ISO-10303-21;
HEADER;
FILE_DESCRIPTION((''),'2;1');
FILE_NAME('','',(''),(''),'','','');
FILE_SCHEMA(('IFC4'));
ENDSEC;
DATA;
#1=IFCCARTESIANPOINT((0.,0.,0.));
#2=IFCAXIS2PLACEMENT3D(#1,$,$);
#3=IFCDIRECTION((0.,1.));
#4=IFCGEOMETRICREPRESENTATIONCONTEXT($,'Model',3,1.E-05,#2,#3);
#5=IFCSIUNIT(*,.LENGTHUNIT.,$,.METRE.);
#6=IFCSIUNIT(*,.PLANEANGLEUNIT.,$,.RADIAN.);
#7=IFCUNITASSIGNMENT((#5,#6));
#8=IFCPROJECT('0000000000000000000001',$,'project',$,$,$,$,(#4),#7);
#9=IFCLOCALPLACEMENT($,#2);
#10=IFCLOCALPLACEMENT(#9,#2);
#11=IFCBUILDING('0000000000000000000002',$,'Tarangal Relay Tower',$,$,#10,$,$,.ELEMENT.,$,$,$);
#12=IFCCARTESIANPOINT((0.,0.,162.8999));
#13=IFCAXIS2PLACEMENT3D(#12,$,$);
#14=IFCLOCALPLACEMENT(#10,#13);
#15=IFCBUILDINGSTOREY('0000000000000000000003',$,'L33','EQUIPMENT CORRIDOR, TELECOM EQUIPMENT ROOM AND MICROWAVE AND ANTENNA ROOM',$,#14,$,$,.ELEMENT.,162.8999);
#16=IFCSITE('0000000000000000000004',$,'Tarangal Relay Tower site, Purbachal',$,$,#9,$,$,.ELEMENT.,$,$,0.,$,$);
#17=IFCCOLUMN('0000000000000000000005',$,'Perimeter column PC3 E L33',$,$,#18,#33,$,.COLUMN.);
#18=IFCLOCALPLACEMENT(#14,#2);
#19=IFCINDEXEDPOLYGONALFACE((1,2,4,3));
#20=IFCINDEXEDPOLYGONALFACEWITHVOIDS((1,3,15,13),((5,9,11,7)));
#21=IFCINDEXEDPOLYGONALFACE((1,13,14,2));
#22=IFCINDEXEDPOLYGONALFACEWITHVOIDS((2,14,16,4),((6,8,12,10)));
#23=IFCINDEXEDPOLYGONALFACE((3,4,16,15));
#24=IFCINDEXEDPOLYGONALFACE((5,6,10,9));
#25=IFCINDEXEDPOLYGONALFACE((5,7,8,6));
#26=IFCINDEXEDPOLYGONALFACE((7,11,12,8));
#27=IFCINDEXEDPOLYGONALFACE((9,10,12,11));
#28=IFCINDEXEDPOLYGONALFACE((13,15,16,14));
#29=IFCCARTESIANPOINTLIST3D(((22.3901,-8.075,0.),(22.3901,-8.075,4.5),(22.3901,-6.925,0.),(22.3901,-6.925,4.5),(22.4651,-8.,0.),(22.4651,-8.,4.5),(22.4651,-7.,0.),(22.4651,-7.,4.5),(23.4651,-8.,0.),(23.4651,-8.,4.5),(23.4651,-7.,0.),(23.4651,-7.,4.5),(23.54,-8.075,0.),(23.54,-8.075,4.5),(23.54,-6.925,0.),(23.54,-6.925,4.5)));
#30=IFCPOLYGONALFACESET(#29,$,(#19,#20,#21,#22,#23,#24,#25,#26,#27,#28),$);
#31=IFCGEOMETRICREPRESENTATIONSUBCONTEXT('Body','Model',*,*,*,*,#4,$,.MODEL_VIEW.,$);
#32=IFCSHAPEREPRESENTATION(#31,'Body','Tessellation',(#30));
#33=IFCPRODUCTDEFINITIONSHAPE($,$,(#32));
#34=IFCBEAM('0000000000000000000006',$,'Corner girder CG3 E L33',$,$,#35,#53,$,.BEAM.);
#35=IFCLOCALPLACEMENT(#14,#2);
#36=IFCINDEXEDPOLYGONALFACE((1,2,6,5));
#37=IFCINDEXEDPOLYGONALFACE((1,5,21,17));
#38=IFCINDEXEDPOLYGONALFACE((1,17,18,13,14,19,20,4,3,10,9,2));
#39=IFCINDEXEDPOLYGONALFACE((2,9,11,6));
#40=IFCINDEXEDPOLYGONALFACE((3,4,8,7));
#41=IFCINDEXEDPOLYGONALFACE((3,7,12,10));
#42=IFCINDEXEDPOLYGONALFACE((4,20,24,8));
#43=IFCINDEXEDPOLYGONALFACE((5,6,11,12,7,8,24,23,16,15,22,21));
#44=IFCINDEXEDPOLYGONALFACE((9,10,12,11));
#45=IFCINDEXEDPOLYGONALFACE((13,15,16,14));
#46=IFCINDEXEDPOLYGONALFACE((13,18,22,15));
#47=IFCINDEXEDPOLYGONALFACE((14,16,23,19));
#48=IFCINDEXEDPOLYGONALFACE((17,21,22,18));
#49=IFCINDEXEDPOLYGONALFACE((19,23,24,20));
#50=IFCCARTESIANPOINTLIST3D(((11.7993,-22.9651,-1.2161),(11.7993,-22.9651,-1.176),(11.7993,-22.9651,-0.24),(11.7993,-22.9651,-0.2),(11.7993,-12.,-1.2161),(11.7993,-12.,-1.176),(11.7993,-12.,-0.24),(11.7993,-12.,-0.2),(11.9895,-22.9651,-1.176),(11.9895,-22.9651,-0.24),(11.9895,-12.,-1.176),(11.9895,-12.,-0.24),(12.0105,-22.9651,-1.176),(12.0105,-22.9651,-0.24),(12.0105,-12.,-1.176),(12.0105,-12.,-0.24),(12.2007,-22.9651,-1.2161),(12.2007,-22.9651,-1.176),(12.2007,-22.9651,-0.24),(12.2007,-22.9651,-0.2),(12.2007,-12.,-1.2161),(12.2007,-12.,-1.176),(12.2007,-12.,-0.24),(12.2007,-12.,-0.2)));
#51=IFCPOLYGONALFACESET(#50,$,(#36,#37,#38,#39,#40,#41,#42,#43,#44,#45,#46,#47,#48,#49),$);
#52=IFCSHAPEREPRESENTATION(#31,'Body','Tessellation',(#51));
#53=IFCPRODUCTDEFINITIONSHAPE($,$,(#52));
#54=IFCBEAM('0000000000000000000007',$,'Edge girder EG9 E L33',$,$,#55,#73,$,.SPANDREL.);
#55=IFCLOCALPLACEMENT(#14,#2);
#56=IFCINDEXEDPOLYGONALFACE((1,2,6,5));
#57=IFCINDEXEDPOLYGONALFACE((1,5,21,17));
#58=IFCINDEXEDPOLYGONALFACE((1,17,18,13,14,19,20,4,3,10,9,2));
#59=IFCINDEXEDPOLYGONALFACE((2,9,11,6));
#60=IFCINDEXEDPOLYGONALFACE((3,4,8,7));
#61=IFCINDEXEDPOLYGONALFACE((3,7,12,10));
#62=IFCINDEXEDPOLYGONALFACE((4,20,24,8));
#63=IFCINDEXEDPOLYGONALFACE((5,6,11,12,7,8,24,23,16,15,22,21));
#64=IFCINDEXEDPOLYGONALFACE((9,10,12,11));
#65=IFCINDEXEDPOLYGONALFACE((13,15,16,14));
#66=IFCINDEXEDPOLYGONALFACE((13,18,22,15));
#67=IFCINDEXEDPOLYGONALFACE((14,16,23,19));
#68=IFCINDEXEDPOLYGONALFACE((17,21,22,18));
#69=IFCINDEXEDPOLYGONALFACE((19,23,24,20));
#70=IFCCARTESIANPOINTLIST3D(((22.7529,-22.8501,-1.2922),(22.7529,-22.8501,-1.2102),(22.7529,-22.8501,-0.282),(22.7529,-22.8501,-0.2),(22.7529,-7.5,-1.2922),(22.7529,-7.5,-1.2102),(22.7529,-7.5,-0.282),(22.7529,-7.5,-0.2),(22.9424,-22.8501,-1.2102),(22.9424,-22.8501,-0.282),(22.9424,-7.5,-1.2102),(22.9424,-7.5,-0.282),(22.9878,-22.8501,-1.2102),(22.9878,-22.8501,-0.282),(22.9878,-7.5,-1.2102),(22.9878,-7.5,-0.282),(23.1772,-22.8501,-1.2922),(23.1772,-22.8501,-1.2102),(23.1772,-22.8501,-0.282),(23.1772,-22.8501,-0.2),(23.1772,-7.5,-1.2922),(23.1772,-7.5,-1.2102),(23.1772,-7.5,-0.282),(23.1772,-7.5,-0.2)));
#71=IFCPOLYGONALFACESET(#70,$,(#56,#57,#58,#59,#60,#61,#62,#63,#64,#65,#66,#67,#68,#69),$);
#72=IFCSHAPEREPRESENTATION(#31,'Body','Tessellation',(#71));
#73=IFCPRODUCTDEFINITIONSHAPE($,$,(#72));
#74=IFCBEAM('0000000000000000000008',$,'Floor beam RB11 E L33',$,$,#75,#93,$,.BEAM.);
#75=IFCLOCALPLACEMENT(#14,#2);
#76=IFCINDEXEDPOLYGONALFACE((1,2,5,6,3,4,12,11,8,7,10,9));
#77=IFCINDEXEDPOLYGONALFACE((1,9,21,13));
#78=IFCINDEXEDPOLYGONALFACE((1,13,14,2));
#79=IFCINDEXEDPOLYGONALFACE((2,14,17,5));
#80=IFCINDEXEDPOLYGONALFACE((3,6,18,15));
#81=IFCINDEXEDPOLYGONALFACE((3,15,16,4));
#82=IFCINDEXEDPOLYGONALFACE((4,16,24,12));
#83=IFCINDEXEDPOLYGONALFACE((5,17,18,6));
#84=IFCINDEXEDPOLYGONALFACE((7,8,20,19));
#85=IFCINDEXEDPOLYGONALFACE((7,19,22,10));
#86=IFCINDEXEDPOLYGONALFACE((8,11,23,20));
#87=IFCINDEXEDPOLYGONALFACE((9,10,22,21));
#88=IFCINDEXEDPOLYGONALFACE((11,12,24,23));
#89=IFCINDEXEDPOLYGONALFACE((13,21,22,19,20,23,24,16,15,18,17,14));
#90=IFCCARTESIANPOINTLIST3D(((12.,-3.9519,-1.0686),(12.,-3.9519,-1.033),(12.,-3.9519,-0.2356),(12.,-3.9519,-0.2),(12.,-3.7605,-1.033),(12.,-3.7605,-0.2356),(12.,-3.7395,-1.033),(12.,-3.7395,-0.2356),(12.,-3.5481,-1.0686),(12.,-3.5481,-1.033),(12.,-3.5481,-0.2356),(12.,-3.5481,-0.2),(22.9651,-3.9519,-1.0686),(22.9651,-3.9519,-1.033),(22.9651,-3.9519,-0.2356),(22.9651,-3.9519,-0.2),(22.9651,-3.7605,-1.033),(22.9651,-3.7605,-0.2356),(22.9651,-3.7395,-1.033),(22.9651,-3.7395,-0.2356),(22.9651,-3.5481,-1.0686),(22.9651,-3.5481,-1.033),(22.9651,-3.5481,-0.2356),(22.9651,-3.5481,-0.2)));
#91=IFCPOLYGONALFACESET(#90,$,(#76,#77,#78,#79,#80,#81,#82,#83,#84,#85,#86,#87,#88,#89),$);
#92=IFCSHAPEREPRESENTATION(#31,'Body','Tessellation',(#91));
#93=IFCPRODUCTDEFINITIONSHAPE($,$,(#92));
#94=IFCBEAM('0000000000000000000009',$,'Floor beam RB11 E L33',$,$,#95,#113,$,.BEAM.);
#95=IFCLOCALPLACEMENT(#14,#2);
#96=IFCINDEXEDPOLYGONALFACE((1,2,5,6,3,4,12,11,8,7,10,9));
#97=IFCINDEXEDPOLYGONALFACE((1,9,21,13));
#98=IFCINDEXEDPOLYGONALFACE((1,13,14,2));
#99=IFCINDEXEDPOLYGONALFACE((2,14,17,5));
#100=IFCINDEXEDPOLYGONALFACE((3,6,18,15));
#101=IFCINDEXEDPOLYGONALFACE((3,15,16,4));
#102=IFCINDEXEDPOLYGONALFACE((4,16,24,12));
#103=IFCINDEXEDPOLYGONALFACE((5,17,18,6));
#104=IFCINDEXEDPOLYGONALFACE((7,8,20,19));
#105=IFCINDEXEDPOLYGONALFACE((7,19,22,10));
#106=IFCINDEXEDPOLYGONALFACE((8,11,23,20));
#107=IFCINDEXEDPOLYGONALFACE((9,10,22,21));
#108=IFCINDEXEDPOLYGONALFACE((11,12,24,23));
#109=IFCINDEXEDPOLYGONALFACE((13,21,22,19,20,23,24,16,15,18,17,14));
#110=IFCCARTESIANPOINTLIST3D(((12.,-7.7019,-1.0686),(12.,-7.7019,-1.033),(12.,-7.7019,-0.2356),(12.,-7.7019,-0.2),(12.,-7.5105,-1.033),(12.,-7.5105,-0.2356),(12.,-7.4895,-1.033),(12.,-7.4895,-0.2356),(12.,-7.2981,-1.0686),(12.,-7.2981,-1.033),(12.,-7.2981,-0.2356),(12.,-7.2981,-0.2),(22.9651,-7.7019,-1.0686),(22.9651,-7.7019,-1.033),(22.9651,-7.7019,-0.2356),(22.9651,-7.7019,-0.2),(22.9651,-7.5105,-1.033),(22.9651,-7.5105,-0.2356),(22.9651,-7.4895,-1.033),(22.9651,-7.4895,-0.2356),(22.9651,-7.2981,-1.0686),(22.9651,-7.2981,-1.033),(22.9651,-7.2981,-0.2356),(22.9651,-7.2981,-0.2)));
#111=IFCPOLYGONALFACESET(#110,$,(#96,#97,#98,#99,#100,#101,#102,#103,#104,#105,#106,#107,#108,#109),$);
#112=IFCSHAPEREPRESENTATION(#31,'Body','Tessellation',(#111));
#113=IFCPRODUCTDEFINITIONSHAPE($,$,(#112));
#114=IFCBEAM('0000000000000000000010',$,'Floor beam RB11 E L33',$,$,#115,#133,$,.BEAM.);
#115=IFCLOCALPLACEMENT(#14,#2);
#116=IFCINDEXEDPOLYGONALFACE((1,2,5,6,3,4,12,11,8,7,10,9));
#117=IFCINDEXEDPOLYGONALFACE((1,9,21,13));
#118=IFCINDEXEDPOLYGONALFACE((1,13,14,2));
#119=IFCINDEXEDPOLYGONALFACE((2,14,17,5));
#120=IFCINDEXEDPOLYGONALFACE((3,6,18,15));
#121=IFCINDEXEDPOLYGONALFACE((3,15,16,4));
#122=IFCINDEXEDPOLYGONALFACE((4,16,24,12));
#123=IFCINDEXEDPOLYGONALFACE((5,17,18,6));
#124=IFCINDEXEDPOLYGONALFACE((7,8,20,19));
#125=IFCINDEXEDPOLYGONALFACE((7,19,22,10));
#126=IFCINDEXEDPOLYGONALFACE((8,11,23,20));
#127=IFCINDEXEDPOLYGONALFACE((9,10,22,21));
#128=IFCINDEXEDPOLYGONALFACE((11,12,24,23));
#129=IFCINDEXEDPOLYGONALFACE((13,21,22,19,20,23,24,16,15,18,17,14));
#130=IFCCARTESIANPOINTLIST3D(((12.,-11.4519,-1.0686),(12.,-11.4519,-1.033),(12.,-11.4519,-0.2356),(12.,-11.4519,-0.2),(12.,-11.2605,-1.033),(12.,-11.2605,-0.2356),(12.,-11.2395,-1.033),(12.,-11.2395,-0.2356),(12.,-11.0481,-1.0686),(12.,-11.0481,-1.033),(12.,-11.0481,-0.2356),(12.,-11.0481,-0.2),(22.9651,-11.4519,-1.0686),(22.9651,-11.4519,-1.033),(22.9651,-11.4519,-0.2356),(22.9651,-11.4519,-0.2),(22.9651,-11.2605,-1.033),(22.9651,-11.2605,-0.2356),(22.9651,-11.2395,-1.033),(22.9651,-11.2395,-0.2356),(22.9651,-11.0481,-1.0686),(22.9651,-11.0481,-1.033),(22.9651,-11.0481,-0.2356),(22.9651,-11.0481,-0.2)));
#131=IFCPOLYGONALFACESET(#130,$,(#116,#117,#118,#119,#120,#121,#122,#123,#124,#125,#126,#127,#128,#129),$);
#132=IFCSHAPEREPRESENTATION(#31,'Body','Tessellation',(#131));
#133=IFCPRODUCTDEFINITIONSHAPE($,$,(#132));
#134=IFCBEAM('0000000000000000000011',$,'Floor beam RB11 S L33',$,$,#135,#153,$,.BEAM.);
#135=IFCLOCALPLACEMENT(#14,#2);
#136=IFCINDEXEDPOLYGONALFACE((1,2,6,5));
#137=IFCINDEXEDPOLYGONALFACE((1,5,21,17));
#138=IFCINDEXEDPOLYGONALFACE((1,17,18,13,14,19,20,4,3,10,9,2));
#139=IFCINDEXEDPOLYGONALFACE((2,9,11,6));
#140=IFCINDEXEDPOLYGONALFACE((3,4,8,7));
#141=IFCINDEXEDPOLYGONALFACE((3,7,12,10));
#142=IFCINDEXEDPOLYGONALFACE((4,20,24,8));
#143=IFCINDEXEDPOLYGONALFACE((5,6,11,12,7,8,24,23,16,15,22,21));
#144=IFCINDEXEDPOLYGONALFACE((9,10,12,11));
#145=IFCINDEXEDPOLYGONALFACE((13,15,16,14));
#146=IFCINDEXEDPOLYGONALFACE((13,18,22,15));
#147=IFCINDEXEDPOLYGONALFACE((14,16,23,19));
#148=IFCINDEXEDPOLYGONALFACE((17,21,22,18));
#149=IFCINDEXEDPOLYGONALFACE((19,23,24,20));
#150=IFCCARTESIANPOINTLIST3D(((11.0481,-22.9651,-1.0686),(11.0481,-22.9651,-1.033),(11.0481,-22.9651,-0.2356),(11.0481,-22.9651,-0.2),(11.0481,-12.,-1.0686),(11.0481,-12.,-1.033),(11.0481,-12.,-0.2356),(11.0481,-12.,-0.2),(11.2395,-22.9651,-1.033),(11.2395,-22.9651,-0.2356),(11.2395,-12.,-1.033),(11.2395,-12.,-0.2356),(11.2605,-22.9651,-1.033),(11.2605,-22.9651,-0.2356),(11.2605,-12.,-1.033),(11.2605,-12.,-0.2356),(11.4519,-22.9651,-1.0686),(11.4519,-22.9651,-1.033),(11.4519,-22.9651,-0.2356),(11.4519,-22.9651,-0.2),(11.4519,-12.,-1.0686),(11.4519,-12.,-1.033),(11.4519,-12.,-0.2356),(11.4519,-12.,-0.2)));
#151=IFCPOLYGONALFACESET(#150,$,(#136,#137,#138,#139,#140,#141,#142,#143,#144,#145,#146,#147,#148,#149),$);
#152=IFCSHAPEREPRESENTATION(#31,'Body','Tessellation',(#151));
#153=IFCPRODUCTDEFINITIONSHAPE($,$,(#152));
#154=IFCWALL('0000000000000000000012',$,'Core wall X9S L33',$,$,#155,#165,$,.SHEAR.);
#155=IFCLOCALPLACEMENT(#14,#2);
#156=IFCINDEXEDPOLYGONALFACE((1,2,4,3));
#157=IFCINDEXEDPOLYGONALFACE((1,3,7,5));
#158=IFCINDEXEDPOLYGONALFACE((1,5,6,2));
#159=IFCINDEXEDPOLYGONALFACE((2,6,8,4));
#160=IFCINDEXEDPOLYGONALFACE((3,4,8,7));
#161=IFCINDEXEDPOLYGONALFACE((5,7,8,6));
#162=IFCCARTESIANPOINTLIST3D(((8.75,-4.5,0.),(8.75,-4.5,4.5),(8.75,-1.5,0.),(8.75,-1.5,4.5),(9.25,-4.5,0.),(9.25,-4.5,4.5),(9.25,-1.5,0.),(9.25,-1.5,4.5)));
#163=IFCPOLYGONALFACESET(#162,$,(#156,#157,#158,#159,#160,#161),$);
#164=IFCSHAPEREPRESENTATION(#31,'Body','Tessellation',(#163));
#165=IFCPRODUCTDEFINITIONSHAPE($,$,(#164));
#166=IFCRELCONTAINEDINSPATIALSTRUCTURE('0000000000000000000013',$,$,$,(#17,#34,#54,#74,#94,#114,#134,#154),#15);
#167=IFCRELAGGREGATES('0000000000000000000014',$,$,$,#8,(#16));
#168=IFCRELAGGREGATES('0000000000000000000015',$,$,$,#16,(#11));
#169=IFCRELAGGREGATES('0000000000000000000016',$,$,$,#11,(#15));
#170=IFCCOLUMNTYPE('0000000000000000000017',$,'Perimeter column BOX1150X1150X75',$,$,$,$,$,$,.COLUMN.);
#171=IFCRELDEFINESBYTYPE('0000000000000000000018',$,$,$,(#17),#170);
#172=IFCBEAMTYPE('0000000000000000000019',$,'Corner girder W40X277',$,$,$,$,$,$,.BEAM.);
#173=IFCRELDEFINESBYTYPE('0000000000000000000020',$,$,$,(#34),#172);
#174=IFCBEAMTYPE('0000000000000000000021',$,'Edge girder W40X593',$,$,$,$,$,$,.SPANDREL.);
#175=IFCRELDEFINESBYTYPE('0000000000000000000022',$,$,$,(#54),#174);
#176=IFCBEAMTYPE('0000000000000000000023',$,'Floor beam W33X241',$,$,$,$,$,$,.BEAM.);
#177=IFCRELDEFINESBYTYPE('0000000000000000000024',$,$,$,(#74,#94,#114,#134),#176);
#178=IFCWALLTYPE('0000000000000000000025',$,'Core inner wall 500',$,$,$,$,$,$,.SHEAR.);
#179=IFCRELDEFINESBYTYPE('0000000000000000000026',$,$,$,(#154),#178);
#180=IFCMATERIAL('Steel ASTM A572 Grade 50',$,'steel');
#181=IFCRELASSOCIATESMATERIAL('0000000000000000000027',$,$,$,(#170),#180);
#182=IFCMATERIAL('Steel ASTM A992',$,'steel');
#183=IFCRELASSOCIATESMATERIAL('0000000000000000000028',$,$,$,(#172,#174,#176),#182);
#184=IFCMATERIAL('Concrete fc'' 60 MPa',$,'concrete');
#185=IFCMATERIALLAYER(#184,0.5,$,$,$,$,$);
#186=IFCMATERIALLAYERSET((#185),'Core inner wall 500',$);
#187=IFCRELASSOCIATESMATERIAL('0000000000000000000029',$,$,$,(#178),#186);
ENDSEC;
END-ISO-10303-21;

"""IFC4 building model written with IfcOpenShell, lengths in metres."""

from ifc_helpers import new_model, si_unit, direction, frame, frame_2d, origin, origin_2d, place, context, subcontext, project, spatial, rectangle, hollow_rectangle, i_section, extrude, material, layer, layer_set, material_profile, profile_set, type_object, element, save


model = new_model("IFC4")

# Units and contexts
model_context = context("Model", 3, precision=1e-05, world=origin(), true_north=direction((0.0, 1.0)))
body_context = subcontext(model_context, "Body", "Model", "MODEL_VIEW")
ifc_project = project(units=[si_unit("LENGTHUNIT", "METRE"), si_unit("PLANEANGLEUNIT", "RADIAN")], contexts=[model_context])

# Site, building, storey
site_placement = place(None, origin())
site = spatial("IfcSite", under=ifc_project, at=site_placement, Name="Tarangal Relay Tower site, Purbachal", CompositionType="ELEMENT", RefElevation=0.0)
building_placement = place(site_placement, origin())
building = spatial("IfcBuilding", under=site, at=building_placement, Name="Tarangal Relay Tower", CompositionType="ELEMENT")
storey_placement = place(building_placement, frame((0.0, 0.0, 162.8999)))
storey = spatial("IfcBuildingStorey", under=building, at=storey_placement, Name="L33", Description="EQUIPMENT CORRIDOR, TELECOM EQUIPMENT ROOM AND MICROWAVE AND ANTENNA ROOM", CompositionType="ELEMENT", Elevation=162.8999)

# Column
ifc_material_1 = material(Name="Steel ASTM A572 Grade 50", Category="steel")
ifc_material_profile_1 = material_profile(ifc_material_1, hollow_rectangle(XDim=1.1499, YDim=1.1499, WallThickness=0.075, at=origin_2d()), Name="BOX1150X1150X75")
ifc_profile_set_1 = profile_set([ifc_material_profile_1], Name="Steel ASTM A572 Grade 50")
column_type = type_object("IfcColumnType", Name="Perimeter column BOX1150X1150X75", PredefinedType="COLUMN", material=ifc_profile_set_1)
column_placement = place(storey_placement, frame((22.9651, -7.5, 0.0), z_axis=(0.0, 0.0, 1.0), x_axis=(1.0, 0.0, 0.0)))
element("IfcColumn", 1, at=column_placement, inside=storey, type_object=column_type, Name="Perimeter column PC3 E L33", PredefinedType="COLUMN", context=body_context, shape_type="SweptSolid", body=[
    extrude(hollow_rectangle(XDim=1.1499, YDim=1.1499, WallThickness=0.075, at=origin_2d()), origin(), (0.0, 0.0, 1.0), 4.5),
])

# Beams
ifc_material_2 = material(Name="Steel ASTM A992", Category="steel")
ifc_material_profile_2 = material_profile(ifc_material_2, i_section(OverallWidth=0.4014, OverallDepth=1.0161, WebThickness=0.021, FlangeThickness=0.04, at=origin_2d()), Name="W40X277")
ifc_profile_set_2 = profile_set([ifc_material_profile_2], Name="Steel ASTM A992")
beam_type_1 = type_object("IfcBeamType", Name="Corner girder W40X277", PredefinedType="BEAM", material=ifc_profile_set_2)
beam_1_placement = place(storey_placement, frame((12.0, -12.0, -0.708), z_axis=(0.0, -1.0, 0.0), x_axis=(1.0, 0.0, 0.0)))
element("IfcBeam", 2, at=beam_1_placement, inside=storey, type_object=beam_type_1, Name="Corner girder CG3 E L33", PredefinedType="BEAM", context=body_context, shape_type="SweptSolid", body=[
    extrude(i_section(OverallWidth=0.4014, OverallDepth=1.0161, WebThickness=0.021, FlangeThickness=0.04, at=origin_2d()), origin(), (0.0, 0.0, 1.0), 10.9651),
])
ifc_material_profile_3 = material_profile(ifc_material_2, i_section(OverallWidth=0.4243, OverallDepth=1.0923, WebThickness=0.0454, FlangeThickness=0.082, at=origin_2d()), Name="W40X593")
ifc_profile_set_3 = profile_set([ifc_material_profile_3], Name="Steel ASTM A992")
beam_type_2 = type_object("IfcBeamType", Name="Edge girder W40X593", PredefinedType="SPANDREL", material=ifc_profile_set_3)
beam_2_placement = place(storey_placement, frame((22.9651, -7.5, -0.7461), z_axis=(0.0, -1.0, 0.0), x_axis=(1.0, 0.0, 0.0)))
element("IfcBeam", 3, at=beam_2_placement, inside=storey, type_object=beam_type_2, Name="Edge girder EG9 E L33", PredefinedType="SPANDREL", context=body_context, shape_type="SweptSolid", body=[
    extrude(i_section(OverallWidth=0.4243, OverallDepth=1.0923, WebThickness=0.0454, FlangeThickness=0.082, at=origin_2d()), origin(), (0.0, 0.0, 1.0), 15.3501),
])
ifc_material_profile_4 = material_profile(ifc_material_2, i_section(OverallWidth=0.4038, OverallDepth=0.8687, WebThickness=0.021, FlangeThickness=0.0356, at=origin_2d()), Name="W33X241")
ifc_profile_set_4 = profile_set([ifc_material_profile_4], Name="Steel ASTM A992")
beam_type_3 = type_object("IfcBeamType", Name="Floor beam W33X241", PredefinedType="BEAM", material=ifc_profile_set_4)
for number, where, z_axis, x_axis, name in (
    (4, (12.0, -3.75, -0.6343), (1.0, 0.0, 0.0), (0.0, 1.0, 0.0), "Floor beam RB11 E L33"),
    (5, (12.0, -7.5, -0.6343), (1.0, 0.0, 0.0), (0.0, 1.0, 0.0), "Floor beam RB11 E L33"),
    (6, (12.0, -11.25, -0.6343), (1.0, 0.0, 0.0), (0.0, 1.0, 0.0), "Floor beam RB11 E L33"),
    (7, (11.25, -12.0, -0.6343), (0.0, -1.0, 0.0), (1.0, 0.0, 0.0), "Floor beam RB11 S L33"),
):
    element("IfcBeam", number, at=place(storey_placement, frame(where, z_axis=z_axis, x_axis=x_axis)), inside=storey, type_object=beam_type_3, Name=name, PredefinedType="BEAM", context=body_context, shape_type="SweptSolid", body=[
        extrude(i_section(OverallWidth=0.4038, OverallDepth=0.8687, WebThickness=0.021, FlangeThickness=0.0356, at=origin_2d()), origin(), (0.0, 0.0, 1.0), 10.9651),
    ])

# Wall
ifc_material_3 = material(Name="Concrete fc' 60 MPa", Category="concrete")
ifc_layer_1 = layer(ifc_material_3, 0.5)
ifc_layer_set_1 = layer_set([ifc_layer_1], Name="Core inner wall 500")
wall_type_1 = type_object("IfcWallType", Name="Core inner wall 500", PredefinedType="SHEAR", material=ifc_layer_set_1)
wall_1_placement = place(storey_placement, frame((9.0, -4.5, 0.0), z_axis=(0.0, 0.0, 1.0), x_axis=(0.0, 1.0, 0.0)))
element("IfcWall", 8, at=wall_1_placement, inside=storey, type_object=wall_type_1, Name="Core wall X9S L33", PredefinedType="SHEAR", context=body_context, shape_type="SweptSolid", body=[
    extrude(rectangle(XDim=3.0, YDim=0.5, at=frame_2d((1.5, 0.0))), origin(), (0.0, 0.0, 1.0), 4.5),
])

save(model, "model.ifc")
